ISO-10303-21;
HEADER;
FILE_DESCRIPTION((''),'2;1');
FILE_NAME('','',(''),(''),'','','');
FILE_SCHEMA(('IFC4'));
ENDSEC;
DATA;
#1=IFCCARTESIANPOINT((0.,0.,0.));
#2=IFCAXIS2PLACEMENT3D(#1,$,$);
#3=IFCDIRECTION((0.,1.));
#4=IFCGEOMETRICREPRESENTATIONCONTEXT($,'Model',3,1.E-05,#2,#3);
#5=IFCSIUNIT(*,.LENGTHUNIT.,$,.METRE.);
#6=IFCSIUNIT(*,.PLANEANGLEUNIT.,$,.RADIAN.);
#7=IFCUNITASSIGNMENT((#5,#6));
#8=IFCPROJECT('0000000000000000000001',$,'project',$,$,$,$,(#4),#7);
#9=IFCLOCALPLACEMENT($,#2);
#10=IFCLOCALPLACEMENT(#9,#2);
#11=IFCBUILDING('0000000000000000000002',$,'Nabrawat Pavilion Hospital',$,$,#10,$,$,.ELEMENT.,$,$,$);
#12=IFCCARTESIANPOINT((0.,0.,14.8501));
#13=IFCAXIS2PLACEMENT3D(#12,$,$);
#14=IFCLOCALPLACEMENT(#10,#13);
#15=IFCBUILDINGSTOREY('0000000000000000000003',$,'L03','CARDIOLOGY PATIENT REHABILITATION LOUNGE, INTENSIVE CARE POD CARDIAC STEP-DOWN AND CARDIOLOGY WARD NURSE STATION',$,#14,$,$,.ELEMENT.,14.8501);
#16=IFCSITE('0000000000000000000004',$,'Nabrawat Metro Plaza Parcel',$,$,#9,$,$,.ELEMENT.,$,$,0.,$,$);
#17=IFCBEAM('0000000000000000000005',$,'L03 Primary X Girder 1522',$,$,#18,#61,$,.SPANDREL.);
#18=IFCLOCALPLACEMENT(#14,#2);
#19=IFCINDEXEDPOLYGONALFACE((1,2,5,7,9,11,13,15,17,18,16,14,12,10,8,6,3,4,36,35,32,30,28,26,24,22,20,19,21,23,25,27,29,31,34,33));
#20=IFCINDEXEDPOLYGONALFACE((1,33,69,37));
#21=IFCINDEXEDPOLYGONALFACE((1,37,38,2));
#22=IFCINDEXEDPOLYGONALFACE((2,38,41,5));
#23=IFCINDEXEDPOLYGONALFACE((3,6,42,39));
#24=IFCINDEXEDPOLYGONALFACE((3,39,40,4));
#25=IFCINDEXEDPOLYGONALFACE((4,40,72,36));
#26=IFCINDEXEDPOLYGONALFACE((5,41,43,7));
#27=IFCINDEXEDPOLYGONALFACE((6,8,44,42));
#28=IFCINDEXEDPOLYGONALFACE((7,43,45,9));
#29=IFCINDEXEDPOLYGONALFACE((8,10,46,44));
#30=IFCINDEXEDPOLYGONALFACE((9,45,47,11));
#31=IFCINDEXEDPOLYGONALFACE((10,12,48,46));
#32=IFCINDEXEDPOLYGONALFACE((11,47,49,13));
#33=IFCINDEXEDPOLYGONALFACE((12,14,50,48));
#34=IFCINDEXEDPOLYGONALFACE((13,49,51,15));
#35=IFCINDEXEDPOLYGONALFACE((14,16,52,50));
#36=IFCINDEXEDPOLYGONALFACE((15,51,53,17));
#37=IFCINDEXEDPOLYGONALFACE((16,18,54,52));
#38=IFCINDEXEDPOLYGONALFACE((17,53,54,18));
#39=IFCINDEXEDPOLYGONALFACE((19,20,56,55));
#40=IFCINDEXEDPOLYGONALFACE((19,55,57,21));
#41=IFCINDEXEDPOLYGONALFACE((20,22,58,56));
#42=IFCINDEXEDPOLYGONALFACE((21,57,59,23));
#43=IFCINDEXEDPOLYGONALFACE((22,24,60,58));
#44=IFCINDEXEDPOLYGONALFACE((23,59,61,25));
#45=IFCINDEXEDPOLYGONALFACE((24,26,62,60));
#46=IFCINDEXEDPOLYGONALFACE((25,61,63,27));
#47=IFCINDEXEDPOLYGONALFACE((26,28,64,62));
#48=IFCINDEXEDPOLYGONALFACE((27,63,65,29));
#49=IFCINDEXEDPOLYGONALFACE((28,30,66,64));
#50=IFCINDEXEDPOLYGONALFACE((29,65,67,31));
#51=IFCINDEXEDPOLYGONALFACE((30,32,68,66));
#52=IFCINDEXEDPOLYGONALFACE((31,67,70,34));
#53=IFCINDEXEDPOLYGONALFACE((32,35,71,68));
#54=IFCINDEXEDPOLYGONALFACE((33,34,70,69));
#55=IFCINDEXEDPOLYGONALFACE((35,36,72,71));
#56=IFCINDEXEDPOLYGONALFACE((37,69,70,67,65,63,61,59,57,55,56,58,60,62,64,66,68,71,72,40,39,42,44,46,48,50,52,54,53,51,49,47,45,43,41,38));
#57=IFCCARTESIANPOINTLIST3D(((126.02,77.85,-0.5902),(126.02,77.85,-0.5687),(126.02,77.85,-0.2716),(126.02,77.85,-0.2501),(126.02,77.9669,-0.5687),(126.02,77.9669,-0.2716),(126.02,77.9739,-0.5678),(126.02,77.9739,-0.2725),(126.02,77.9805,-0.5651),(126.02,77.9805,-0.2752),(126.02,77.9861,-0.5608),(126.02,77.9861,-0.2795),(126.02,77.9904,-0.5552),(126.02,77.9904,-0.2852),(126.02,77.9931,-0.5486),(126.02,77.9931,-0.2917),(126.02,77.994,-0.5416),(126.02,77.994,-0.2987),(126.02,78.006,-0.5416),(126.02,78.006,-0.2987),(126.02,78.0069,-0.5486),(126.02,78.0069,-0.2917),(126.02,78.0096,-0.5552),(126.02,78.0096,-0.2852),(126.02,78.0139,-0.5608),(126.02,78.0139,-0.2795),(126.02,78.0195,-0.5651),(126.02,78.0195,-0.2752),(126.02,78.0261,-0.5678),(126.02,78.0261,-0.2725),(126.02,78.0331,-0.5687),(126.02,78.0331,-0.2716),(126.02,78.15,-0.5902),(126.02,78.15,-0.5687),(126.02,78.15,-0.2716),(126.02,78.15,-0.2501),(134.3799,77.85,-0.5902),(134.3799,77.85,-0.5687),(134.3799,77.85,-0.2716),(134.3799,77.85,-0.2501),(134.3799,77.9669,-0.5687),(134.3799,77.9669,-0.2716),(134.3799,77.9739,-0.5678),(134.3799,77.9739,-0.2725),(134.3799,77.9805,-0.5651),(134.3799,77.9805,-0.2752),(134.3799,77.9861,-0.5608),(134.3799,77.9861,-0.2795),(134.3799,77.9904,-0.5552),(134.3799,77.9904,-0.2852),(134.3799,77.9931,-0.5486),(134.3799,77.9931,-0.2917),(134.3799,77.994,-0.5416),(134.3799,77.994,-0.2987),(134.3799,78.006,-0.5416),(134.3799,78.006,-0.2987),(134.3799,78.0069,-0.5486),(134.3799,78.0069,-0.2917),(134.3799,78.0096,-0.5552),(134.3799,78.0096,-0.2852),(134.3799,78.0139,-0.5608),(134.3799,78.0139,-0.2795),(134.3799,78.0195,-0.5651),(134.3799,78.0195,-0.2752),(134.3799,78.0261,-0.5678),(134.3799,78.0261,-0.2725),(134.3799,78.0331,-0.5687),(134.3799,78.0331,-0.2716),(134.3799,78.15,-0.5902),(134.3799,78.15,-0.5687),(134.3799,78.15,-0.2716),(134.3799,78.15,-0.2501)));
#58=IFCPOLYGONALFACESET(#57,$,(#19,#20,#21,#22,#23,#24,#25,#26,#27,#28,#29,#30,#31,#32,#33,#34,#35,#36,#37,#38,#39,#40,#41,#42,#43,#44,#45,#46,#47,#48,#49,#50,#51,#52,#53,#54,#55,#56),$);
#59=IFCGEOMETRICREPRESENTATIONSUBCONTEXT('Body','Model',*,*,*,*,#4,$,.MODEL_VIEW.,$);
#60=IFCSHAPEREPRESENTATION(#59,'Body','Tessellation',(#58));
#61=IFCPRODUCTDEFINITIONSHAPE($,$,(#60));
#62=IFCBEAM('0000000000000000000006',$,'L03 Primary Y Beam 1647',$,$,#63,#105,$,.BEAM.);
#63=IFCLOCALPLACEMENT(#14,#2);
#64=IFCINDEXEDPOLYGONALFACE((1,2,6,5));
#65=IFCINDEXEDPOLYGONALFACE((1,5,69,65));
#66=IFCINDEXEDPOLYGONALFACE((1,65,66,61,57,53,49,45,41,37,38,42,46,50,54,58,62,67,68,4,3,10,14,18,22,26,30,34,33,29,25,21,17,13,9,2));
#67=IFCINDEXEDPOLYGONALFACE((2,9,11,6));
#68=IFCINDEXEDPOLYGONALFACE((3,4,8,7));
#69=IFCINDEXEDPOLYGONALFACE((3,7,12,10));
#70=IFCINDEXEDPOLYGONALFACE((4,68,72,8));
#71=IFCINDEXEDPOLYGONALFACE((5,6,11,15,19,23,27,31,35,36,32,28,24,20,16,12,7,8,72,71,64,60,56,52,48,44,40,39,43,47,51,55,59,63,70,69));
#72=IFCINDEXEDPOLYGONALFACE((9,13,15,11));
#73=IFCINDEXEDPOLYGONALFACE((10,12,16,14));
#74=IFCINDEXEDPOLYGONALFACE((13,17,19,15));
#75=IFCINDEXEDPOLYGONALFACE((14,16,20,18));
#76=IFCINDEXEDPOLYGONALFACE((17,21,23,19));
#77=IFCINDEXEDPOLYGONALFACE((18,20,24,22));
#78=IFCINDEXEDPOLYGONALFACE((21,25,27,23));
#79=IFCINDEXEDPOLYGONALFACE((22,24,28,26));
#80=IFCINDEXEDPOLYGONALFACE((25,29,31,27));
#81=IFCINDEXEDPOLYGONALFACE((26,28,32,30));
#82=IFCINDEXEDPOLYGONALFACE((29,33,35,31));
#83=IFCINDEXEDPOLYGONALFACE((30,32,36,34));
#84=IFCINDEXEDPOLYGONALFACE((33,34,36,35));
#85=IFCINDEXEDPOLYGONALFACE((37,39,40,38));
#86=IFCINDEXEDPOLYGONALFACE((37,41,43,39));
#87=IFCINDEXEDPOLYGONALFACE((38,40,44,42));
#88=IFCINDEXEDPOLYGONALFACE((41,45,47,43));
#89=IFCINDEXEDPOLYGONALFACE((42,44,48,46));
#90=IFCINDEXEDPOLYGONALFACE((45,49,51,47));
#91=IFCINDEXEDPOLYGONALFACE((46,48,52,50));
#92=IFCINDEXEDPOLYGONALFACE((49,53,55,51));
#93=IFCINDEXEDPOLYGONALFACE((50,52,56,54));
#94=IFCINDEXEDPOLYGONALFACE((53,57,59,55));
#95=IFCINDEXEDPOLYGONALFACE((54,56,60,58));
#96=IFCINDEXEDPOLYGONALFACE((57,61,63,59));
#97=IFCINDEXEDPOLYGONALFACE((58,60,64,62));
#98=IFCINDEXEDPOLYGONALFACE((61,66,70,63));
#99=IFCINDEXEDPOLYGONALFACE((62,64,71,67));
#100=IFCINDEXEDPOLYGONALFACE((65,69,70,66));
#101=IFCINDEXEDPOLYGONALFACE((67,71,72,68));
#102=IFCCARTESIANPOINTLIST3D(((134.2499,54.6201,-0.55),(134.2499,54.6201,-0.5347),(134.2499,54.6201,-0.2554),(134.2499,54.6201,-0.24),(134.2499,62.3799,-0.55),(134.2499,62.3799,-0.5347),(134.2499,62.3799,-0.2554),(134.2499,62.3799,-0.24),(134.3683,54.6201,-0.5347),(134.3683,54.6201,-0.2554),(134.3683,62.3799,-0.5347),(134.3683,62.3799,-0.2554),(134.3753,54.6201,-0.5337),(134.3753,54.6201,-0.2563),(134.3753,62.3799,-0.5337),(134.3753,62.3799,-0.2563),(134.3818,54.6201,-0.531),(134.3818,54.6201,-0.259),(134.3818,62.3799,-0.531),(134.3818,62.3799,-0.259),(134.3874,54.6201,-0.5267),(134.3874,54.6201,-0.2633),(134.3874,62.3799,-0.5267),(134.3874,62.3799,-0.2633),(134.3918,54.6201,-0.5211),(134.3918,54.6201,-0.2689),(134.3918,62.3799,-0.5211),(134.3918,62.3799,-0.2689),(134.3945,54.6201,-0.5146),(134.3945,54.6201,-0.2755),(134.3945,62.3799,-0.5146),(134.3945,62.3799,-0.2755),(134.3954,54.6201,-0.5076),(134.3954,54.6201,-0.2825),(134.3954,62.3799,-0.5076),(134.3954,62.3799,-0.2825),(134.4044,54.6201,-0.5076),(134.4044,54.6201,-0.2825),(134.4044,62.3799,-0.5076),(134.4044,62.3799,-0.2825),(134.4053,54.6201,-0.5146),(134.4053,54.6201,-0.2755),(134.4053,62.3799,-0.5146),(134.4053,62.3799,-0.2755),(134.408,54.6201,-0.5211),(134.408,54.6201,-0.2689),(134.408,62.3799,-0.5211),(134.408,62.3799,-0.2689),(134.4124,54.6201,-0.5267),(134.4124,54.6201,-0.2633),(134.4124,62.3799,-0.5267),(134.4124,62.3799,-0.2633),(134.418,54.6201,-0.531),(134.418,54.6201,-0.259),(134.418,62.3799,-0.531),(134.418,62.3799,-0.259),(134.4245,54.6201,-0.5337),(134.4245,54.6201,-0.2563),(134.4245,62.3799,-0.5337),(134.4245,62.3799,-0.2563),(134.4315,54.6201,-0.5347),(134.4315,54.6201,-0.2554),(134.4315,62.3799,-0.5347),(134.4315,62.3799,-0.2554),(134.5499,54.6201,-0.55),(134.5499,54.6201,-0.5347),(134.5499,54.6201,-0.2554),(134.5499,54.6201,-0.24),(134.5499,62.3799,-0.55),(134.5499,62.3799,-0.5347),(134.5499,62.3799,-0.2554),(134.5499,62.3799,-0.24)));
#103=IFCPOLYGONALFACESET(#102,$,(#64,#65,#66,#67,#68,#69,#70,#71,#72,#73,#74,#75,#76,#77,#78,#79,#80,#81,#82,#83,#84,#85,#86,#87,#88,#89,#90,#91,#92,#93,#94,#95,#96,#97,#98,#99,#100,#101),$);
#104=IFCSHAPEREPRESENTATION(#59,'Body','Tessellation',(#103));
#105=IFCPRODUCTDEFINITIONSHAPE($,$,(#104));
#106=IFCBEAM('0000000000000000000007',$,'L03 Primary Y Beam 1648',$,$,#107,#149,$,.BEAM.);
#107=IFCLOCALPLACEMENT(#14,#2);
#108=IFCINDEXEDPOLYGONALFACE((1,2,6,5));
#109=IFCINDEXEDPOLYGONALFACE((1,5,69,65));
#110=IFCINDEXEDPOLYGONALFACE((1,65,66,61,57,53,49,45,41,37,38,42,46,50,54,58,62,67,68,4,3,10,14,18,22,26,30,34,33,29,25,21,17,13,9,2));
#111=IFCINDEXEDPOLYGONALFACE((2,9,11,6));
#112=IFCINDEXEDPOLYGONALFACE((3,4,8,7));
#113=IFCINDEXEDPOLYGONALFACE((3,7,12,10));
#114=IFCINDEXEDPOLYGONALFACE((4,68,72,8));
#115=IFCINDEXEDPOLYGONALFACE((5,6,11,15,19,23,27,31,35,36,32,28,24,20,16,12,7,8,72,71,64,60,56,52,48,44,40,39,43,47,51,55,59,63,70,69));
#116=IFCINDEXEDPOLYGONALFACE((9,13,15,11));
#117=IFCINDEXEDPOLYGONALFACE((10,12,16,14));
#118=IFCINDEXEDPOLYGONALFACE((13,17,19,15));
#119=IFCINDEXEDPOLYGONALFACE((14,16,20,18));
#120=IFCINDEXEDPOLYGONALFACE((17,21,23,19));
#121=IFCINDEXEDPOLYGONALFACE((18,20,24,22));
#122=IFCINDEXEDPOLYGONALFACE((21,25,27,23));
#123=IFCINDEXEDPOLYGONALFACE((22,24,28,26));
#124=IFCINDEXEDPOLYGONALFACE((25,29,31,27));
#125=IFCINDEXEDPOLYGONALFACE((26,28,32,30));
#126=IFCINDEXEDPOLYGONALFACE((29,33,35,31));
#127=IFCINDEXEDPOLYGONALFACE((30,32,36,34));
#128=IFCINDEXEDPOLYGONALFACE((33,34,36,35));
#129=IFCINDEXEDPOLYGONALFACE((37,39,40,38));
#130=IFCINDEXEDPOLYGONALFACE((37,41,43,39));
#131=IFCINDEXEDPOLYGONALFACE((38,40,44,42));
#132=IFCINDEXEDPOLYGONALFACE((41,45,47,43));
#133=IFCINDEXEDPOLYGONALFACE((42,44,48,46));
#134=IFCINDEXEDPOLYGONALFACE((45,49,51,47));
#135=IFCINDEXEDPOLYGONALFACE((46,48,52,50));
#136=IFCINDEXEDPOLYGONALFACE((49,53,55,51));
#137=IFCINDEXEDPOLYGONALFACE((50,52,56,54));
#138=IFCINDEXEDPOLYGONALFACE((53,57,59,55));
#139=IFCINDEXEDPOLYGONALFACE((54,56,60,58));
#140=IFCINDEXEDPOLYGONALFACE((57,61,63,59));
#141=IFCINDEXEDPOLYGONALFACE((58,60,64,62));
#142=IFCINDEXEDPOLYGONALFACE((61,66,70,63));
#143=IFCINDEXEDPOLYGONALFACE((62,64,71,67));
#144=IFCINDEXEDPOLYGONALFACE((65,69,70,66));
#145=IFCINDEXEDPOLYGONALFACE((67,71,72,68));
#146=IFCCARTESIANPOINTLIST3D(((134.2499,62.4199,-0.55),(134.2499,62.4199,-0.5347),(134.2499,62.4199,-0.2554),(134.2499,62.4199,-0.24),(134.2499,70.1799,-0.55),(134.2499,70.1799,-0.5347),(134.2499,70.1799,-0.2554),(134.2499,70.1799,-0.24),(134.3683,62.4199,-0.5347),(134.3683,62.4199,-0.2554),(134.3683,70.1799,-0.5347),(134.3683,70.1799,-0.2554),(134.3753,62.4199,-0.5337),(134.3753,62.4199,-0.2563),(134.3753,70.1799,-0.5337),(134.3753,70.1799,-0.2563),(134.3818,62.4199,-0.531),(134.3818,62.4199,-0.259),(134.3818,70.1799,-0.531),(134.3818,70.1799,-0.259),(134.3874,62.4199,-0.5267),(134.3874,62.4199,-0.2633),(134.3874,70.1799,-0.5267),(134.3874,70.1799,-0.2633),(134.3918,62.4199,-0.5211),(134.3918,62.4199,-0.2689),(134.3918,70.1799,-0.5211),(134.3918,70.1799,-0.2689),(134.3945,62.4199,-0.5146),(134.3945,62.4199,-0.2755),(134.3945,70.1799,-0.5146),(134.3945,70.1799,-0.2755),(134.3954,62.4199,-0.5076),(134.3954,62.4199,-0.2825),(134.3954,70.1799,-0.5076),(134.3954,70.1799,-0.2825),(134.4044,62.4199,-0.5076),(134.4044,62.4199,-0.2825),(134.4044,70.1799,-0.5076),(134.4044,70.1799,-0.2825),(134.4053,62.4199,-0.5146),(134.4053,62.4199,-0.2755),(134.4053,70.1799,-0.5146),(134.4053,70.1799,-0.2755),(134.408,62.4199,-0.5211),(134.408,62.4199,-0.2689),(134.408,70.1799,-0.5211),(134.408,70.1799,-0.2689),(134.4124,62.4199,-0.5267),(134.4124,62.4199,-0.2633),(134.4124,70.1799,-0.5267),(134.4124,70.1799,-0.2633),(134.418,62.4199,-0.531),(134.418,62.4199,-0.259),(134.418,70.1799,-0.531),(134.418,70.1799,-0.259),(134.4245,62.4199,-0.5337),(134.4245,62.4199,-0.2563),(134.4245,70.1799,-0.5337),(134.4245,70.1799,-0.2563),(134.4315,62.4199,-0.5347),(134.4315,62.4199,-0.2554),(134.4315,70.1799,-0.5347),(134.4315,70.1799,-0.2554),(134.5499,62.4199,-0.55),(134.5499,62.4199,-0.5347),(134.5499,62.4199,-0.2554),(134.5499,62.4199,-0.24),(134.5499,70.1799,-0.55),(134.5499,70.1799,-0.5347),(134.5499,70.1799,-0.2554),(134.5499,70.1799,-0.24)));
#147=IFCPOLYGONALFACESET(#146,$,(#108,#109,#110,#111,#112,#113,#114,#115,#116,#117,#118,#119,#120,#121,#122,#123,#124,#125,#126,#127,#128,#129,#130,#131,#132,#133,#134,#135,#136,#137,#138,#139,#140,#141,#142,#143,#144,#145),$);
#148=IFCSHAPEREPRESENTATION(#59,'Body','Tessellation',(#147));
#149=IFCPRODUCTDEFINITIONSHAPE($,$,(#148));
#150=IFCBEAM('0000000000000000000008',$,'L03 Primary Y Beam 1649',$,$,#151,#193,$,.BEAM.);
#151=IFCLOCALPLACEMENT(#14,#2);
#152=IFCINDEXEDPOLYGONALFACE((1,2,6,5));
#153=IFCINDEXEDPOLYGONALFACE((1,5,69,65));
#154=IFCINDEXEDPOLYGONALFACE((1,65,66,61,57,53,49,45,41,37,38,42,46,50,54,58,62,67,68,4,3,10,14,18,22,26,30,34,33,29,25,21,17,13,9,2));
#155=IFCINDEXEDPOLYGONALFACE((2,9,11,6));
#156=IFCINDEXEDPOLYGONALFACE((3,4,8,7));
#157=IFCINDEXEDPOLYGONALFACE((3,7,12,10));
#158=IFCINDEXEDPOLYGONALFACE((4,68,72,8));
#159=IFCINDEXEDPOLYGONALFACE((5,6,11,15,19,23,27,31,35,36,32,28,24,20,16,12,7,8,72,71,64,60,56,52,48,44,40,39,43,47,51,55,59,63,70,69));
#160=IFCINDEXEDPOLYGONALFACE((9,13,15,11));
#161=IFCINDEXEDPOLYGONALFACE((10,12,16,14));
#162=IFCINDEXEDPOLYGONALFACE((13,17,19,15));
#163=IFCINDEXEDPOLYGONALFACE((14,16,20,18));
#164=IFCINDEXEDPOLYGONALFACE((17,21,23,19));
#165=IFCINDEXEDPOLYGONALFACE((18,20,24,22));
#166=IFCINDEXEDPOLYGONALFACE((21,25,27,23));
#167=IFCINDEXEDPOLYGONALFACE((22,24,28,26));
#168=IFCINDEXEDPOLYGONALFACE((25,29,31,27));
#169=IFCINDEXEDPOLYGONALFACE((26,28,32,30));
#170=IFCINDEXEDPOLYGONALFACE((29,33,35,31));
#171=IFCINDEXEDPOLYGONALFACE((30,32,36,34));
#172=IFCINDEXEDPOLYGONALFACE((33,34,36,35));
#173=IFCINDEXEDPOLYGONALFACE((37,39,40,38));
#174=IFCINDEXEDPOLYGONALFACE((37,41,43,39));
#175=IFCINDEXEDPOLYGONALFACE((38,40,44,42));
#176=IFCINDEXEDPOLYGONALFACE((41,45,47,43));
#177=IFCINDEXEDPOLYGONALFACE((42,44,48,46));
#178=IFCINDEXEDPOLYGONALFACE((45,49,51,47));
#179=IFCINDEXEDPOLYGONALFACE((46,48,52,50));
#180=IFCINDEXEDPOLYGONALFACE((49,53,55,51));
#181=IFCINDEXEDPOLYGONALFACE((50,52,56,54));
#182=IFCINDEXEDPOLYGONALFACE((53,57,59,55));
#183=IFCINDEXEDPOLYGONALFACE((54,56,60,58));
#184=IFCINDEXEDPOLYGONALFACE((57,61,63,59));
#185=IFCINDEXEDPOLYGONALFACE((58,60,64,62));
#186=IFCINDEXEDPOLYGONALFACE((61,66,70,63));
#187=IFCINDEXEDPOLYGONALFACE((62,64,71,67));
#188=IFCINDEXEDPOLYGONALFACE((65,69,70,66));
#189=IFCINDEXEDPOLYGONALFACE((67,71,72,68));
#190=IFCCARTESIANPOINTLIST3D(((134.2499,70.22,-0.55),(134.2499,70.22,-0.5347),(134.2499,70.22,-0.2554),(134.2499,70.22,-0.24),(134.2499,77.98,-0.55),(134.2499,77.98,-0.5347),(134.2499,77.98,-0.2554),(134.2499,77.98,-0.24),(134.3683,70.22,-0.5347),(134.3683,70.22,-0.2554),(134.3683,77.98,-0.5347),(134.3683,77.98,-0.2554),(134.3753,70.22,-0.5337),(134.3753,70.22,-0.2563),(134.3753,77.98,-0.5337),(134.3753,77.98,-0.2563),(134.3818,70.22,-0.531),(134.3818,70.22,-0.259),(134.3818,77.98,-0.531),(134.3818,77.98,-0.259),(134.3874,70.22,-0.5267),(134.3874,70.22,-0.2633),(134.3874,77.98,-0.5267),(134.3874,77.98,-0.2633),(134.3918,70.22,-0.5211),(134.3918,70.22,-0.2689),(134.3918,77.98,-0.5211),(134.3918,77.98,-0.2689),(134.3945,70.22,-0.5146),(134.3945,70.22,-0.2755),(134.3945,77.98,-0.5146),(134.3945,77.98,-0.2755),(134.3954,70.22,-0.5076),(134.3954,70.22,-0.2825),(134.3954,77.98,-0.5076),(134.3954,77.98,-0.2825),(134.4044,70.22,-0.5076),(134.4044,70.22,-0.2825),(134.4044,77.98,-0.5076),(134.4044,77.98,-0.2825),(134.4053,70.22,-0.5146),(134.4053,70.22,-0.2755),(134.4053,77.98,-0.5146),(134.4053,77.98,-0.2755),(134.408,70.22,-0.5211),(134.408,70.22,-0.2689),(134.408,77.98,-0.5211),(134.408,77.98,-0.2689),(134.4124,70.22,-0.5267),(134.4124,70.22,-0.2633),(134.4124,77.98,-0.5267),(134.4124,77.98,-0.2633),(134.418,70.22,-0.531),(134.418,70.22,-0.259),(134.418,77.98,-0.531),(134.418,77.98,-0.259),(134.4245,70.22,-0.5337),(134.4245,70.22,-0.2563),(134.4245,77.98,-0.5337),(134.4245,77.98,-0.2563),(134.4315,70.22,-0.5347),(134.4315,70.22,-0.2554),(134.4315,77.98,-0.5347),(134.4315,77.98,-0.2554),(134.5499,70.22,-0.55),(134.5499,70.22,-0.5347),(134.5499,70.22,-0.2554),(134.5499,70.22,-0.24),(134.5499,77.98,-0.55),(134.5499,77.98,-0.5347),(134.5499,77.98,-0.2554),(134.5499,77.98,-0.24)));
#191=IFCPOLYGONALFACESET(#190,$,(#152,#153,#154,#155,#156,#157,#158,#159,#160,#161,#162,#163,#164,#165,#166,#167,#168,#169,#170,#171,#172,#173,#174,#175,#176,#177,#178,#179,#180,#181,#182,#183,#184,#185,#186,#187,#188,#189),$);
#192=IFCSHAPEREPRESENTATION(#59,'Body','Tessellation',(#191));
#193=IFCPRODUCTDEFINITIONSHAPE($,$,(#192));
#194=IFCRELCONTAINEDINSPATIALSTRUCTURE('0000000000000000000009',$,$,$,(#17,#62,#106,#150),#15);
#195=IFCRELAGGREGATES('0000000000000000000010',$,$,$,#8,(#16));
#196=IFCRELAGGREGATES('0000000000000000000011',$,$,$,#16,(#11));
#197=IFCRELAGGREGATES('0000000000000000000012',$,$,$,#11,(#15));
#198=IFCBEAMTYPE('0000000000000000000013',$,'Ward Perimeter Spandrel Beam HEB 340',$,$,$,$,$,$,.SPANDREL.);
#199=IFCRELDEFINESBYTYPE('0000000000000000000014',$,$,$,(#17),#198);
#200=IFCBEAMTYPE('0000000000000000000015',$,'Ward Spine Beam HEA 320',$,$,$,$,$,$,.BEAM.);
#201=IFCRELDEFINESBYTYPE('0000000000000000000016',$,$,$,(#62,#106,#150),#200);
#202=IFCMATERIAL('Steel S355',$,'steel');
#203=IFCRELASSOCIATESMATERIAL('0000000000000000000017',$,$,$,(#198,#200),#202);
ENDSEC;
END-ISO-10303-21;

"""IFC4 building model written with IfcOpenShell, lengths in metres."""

from ifc_helpers import new_model, si_unit, direction, frame, origin, origin_2d, place, context, subcontext, project, spatial, i_section, extrude, material, material_profile, profile_set, type_object, element, save


model = new_model("IFC4")

# Units and contexts
model_context = context("Model", 3, precision=1e-05, world=origin(), true_north=direction((0.0, 1.0)))
body_context = subcontext(model_context, "Body", "Model", "MODEL_VIEW")
ifc_project = project(units=[si_unit("LENGTHUNIT", "METRE"), si_unit("PLANEANGLEUNIT", "RADIAN")], contexts=[model_context])

# Site, building, storey
site_placement = place(None, origin())
site = spatial("IfcSite", under=ifc_project, at=site_placement, Name="Nabrawat Metro Plaza Parcel", CompositionType="ELEMENT", RefElevation=0.0)
building_placement = place(site_placement, origin())
building = spatial("IfcBuilding", under=site, at=building_placement, Name="Nabrawat Pavilion Hospital", CompositionType="ELEMENT")
storey_placement = place(building_placement, frame((0.0, 0.0, 14.8501)))
storey = spatial("IfcBuildingStorey", under=building, at=storey_placement, Name="L03", Description="CARDIOLOGY PATIENT REHABILITATION LOUNGE, INTENSIVE CARE POD CARDIAC STEP-DOWN AND CARDIOLOGY WARD NURSE STATION", CompositionType="ELEMENT", Elevation=14.8501)

# Shared definitions
ifc_material = material(Name="Steel S355", Category="steel")

# Beams
ifc_material_profile_1 = material_profile(ifc_material, i_section(OverallWidth=0.3, OverallDepth=0.3401, WebThickness=0.012, FlangeThickness=0.0215, FilletRadius=0.0271, at=origin_2d()), Name="HEB 340")
ifc_profile_set_1 = profile_set([ifc_material_profile_1], Name="Steel S355")
beam_type_1 = type_object("IfcBeamType", Name="Ward Perimeter Spandrel Beam HEB 340", PredefinedType="SPANDREL", material=ifc_profile_set_1)
for number, where, z_axis, x_axis, name in (
    (1, (126.02, 78.0, -0.4202), (1.0, 0.0, 0.0), (0.0, 1.0, 0.0), "L03 Primary X Girder 1522"),
):
    element("IfcBeam", number, at=place(storey_placement, frame(where, z_axis=z_axis, x_axis=x_axis)), inside=storey, type_object=beam_type_1, Name=name, PredefinedType="SPANDREL", context=body_context, shape_type="SweptSolid", body=[
        extrude(i_section(OverallWidth=0.3, OverallDepth=0.3401, WebThickness=0.012, FlangeThickness=0.0215, FilletRadius=0.0271, at=origin_2d()), origin(), (0.0, 0.0, 1.0), 8.3599),
    ])
ifc_material_profile_2 = material_profile(ifc_material, i_section(OverallWidth=0.3, OverallDepth=0.3101, WebThickness=0.009, FlangeThickness=0.0154, FilletRadius=0.0271, at=origin_2d()), Name="HEA 320")
ifc_profile_set_2 = profile_set([ifc_material_profile_2], Name="Steel S355")
beam_type_2 = type_object("IfcBeamType", Name="Ward Spine Beam HEA 320", PredefinedType="BEAM", material=ifc_profile_set_2)
beam_1_placement = place(storey_placement, frame((134.3999, 54.6201, -0.395), z_axis=(0.0, 1.0, 0.0), x_axis=(-1.0, 0.0, 0.0)))
element("IfcBeam", 2, at=beam_1_placement, inside=storey, type_object=beam_type_2, Name="L03 Primary Y Beam 1647", PredefinedType="BEAM", context=body_context, shape_type="SweptSolid", body=[
    extrude(i_section(OverallWidth=0.3, OverallDepth=0.3101, WebThickness=0.009, FlangeThickness=0.0154, FilletRadius=0.0271, at=origin_2d()), origin(), (0.0, 0.0, 1.0), 7.7598),
])
for number, where, z_axis, x_axis, name in (
    (3, (134.3999, 62.4199, -0.395), (0.0, 1.0, 0.0), (-1.0, 0.0, 0.0), "L03 Primary Y Beam 1648"),
    (4, (134.3999, 70.22, -0.395), (0.0, 1.0, 0.0), (-1.0, 0.0, 0.0), "L03 Primary Y Beam 1649"),
):
    element("IfcBeam", number, at=place(storey_placement, frame(where, z_axis=z_axis, x_axis=x_axis)), inside=storey, type_object=beam_type_2, Name=name, PredefinedType="BEAM", context=body_context, shape_type="SweptSolid", body=[
        extrude(i_section(OverallWidth=0.3, OverallDepth=0.3101, WebThickness=0.009, FlangeThickness=0.0154, FilletRadius=0.0271, at=origin_2d()), origin(), (0.0, 0.0, 1.0), 7.76),
    ])

save(model, "model.ifc")
